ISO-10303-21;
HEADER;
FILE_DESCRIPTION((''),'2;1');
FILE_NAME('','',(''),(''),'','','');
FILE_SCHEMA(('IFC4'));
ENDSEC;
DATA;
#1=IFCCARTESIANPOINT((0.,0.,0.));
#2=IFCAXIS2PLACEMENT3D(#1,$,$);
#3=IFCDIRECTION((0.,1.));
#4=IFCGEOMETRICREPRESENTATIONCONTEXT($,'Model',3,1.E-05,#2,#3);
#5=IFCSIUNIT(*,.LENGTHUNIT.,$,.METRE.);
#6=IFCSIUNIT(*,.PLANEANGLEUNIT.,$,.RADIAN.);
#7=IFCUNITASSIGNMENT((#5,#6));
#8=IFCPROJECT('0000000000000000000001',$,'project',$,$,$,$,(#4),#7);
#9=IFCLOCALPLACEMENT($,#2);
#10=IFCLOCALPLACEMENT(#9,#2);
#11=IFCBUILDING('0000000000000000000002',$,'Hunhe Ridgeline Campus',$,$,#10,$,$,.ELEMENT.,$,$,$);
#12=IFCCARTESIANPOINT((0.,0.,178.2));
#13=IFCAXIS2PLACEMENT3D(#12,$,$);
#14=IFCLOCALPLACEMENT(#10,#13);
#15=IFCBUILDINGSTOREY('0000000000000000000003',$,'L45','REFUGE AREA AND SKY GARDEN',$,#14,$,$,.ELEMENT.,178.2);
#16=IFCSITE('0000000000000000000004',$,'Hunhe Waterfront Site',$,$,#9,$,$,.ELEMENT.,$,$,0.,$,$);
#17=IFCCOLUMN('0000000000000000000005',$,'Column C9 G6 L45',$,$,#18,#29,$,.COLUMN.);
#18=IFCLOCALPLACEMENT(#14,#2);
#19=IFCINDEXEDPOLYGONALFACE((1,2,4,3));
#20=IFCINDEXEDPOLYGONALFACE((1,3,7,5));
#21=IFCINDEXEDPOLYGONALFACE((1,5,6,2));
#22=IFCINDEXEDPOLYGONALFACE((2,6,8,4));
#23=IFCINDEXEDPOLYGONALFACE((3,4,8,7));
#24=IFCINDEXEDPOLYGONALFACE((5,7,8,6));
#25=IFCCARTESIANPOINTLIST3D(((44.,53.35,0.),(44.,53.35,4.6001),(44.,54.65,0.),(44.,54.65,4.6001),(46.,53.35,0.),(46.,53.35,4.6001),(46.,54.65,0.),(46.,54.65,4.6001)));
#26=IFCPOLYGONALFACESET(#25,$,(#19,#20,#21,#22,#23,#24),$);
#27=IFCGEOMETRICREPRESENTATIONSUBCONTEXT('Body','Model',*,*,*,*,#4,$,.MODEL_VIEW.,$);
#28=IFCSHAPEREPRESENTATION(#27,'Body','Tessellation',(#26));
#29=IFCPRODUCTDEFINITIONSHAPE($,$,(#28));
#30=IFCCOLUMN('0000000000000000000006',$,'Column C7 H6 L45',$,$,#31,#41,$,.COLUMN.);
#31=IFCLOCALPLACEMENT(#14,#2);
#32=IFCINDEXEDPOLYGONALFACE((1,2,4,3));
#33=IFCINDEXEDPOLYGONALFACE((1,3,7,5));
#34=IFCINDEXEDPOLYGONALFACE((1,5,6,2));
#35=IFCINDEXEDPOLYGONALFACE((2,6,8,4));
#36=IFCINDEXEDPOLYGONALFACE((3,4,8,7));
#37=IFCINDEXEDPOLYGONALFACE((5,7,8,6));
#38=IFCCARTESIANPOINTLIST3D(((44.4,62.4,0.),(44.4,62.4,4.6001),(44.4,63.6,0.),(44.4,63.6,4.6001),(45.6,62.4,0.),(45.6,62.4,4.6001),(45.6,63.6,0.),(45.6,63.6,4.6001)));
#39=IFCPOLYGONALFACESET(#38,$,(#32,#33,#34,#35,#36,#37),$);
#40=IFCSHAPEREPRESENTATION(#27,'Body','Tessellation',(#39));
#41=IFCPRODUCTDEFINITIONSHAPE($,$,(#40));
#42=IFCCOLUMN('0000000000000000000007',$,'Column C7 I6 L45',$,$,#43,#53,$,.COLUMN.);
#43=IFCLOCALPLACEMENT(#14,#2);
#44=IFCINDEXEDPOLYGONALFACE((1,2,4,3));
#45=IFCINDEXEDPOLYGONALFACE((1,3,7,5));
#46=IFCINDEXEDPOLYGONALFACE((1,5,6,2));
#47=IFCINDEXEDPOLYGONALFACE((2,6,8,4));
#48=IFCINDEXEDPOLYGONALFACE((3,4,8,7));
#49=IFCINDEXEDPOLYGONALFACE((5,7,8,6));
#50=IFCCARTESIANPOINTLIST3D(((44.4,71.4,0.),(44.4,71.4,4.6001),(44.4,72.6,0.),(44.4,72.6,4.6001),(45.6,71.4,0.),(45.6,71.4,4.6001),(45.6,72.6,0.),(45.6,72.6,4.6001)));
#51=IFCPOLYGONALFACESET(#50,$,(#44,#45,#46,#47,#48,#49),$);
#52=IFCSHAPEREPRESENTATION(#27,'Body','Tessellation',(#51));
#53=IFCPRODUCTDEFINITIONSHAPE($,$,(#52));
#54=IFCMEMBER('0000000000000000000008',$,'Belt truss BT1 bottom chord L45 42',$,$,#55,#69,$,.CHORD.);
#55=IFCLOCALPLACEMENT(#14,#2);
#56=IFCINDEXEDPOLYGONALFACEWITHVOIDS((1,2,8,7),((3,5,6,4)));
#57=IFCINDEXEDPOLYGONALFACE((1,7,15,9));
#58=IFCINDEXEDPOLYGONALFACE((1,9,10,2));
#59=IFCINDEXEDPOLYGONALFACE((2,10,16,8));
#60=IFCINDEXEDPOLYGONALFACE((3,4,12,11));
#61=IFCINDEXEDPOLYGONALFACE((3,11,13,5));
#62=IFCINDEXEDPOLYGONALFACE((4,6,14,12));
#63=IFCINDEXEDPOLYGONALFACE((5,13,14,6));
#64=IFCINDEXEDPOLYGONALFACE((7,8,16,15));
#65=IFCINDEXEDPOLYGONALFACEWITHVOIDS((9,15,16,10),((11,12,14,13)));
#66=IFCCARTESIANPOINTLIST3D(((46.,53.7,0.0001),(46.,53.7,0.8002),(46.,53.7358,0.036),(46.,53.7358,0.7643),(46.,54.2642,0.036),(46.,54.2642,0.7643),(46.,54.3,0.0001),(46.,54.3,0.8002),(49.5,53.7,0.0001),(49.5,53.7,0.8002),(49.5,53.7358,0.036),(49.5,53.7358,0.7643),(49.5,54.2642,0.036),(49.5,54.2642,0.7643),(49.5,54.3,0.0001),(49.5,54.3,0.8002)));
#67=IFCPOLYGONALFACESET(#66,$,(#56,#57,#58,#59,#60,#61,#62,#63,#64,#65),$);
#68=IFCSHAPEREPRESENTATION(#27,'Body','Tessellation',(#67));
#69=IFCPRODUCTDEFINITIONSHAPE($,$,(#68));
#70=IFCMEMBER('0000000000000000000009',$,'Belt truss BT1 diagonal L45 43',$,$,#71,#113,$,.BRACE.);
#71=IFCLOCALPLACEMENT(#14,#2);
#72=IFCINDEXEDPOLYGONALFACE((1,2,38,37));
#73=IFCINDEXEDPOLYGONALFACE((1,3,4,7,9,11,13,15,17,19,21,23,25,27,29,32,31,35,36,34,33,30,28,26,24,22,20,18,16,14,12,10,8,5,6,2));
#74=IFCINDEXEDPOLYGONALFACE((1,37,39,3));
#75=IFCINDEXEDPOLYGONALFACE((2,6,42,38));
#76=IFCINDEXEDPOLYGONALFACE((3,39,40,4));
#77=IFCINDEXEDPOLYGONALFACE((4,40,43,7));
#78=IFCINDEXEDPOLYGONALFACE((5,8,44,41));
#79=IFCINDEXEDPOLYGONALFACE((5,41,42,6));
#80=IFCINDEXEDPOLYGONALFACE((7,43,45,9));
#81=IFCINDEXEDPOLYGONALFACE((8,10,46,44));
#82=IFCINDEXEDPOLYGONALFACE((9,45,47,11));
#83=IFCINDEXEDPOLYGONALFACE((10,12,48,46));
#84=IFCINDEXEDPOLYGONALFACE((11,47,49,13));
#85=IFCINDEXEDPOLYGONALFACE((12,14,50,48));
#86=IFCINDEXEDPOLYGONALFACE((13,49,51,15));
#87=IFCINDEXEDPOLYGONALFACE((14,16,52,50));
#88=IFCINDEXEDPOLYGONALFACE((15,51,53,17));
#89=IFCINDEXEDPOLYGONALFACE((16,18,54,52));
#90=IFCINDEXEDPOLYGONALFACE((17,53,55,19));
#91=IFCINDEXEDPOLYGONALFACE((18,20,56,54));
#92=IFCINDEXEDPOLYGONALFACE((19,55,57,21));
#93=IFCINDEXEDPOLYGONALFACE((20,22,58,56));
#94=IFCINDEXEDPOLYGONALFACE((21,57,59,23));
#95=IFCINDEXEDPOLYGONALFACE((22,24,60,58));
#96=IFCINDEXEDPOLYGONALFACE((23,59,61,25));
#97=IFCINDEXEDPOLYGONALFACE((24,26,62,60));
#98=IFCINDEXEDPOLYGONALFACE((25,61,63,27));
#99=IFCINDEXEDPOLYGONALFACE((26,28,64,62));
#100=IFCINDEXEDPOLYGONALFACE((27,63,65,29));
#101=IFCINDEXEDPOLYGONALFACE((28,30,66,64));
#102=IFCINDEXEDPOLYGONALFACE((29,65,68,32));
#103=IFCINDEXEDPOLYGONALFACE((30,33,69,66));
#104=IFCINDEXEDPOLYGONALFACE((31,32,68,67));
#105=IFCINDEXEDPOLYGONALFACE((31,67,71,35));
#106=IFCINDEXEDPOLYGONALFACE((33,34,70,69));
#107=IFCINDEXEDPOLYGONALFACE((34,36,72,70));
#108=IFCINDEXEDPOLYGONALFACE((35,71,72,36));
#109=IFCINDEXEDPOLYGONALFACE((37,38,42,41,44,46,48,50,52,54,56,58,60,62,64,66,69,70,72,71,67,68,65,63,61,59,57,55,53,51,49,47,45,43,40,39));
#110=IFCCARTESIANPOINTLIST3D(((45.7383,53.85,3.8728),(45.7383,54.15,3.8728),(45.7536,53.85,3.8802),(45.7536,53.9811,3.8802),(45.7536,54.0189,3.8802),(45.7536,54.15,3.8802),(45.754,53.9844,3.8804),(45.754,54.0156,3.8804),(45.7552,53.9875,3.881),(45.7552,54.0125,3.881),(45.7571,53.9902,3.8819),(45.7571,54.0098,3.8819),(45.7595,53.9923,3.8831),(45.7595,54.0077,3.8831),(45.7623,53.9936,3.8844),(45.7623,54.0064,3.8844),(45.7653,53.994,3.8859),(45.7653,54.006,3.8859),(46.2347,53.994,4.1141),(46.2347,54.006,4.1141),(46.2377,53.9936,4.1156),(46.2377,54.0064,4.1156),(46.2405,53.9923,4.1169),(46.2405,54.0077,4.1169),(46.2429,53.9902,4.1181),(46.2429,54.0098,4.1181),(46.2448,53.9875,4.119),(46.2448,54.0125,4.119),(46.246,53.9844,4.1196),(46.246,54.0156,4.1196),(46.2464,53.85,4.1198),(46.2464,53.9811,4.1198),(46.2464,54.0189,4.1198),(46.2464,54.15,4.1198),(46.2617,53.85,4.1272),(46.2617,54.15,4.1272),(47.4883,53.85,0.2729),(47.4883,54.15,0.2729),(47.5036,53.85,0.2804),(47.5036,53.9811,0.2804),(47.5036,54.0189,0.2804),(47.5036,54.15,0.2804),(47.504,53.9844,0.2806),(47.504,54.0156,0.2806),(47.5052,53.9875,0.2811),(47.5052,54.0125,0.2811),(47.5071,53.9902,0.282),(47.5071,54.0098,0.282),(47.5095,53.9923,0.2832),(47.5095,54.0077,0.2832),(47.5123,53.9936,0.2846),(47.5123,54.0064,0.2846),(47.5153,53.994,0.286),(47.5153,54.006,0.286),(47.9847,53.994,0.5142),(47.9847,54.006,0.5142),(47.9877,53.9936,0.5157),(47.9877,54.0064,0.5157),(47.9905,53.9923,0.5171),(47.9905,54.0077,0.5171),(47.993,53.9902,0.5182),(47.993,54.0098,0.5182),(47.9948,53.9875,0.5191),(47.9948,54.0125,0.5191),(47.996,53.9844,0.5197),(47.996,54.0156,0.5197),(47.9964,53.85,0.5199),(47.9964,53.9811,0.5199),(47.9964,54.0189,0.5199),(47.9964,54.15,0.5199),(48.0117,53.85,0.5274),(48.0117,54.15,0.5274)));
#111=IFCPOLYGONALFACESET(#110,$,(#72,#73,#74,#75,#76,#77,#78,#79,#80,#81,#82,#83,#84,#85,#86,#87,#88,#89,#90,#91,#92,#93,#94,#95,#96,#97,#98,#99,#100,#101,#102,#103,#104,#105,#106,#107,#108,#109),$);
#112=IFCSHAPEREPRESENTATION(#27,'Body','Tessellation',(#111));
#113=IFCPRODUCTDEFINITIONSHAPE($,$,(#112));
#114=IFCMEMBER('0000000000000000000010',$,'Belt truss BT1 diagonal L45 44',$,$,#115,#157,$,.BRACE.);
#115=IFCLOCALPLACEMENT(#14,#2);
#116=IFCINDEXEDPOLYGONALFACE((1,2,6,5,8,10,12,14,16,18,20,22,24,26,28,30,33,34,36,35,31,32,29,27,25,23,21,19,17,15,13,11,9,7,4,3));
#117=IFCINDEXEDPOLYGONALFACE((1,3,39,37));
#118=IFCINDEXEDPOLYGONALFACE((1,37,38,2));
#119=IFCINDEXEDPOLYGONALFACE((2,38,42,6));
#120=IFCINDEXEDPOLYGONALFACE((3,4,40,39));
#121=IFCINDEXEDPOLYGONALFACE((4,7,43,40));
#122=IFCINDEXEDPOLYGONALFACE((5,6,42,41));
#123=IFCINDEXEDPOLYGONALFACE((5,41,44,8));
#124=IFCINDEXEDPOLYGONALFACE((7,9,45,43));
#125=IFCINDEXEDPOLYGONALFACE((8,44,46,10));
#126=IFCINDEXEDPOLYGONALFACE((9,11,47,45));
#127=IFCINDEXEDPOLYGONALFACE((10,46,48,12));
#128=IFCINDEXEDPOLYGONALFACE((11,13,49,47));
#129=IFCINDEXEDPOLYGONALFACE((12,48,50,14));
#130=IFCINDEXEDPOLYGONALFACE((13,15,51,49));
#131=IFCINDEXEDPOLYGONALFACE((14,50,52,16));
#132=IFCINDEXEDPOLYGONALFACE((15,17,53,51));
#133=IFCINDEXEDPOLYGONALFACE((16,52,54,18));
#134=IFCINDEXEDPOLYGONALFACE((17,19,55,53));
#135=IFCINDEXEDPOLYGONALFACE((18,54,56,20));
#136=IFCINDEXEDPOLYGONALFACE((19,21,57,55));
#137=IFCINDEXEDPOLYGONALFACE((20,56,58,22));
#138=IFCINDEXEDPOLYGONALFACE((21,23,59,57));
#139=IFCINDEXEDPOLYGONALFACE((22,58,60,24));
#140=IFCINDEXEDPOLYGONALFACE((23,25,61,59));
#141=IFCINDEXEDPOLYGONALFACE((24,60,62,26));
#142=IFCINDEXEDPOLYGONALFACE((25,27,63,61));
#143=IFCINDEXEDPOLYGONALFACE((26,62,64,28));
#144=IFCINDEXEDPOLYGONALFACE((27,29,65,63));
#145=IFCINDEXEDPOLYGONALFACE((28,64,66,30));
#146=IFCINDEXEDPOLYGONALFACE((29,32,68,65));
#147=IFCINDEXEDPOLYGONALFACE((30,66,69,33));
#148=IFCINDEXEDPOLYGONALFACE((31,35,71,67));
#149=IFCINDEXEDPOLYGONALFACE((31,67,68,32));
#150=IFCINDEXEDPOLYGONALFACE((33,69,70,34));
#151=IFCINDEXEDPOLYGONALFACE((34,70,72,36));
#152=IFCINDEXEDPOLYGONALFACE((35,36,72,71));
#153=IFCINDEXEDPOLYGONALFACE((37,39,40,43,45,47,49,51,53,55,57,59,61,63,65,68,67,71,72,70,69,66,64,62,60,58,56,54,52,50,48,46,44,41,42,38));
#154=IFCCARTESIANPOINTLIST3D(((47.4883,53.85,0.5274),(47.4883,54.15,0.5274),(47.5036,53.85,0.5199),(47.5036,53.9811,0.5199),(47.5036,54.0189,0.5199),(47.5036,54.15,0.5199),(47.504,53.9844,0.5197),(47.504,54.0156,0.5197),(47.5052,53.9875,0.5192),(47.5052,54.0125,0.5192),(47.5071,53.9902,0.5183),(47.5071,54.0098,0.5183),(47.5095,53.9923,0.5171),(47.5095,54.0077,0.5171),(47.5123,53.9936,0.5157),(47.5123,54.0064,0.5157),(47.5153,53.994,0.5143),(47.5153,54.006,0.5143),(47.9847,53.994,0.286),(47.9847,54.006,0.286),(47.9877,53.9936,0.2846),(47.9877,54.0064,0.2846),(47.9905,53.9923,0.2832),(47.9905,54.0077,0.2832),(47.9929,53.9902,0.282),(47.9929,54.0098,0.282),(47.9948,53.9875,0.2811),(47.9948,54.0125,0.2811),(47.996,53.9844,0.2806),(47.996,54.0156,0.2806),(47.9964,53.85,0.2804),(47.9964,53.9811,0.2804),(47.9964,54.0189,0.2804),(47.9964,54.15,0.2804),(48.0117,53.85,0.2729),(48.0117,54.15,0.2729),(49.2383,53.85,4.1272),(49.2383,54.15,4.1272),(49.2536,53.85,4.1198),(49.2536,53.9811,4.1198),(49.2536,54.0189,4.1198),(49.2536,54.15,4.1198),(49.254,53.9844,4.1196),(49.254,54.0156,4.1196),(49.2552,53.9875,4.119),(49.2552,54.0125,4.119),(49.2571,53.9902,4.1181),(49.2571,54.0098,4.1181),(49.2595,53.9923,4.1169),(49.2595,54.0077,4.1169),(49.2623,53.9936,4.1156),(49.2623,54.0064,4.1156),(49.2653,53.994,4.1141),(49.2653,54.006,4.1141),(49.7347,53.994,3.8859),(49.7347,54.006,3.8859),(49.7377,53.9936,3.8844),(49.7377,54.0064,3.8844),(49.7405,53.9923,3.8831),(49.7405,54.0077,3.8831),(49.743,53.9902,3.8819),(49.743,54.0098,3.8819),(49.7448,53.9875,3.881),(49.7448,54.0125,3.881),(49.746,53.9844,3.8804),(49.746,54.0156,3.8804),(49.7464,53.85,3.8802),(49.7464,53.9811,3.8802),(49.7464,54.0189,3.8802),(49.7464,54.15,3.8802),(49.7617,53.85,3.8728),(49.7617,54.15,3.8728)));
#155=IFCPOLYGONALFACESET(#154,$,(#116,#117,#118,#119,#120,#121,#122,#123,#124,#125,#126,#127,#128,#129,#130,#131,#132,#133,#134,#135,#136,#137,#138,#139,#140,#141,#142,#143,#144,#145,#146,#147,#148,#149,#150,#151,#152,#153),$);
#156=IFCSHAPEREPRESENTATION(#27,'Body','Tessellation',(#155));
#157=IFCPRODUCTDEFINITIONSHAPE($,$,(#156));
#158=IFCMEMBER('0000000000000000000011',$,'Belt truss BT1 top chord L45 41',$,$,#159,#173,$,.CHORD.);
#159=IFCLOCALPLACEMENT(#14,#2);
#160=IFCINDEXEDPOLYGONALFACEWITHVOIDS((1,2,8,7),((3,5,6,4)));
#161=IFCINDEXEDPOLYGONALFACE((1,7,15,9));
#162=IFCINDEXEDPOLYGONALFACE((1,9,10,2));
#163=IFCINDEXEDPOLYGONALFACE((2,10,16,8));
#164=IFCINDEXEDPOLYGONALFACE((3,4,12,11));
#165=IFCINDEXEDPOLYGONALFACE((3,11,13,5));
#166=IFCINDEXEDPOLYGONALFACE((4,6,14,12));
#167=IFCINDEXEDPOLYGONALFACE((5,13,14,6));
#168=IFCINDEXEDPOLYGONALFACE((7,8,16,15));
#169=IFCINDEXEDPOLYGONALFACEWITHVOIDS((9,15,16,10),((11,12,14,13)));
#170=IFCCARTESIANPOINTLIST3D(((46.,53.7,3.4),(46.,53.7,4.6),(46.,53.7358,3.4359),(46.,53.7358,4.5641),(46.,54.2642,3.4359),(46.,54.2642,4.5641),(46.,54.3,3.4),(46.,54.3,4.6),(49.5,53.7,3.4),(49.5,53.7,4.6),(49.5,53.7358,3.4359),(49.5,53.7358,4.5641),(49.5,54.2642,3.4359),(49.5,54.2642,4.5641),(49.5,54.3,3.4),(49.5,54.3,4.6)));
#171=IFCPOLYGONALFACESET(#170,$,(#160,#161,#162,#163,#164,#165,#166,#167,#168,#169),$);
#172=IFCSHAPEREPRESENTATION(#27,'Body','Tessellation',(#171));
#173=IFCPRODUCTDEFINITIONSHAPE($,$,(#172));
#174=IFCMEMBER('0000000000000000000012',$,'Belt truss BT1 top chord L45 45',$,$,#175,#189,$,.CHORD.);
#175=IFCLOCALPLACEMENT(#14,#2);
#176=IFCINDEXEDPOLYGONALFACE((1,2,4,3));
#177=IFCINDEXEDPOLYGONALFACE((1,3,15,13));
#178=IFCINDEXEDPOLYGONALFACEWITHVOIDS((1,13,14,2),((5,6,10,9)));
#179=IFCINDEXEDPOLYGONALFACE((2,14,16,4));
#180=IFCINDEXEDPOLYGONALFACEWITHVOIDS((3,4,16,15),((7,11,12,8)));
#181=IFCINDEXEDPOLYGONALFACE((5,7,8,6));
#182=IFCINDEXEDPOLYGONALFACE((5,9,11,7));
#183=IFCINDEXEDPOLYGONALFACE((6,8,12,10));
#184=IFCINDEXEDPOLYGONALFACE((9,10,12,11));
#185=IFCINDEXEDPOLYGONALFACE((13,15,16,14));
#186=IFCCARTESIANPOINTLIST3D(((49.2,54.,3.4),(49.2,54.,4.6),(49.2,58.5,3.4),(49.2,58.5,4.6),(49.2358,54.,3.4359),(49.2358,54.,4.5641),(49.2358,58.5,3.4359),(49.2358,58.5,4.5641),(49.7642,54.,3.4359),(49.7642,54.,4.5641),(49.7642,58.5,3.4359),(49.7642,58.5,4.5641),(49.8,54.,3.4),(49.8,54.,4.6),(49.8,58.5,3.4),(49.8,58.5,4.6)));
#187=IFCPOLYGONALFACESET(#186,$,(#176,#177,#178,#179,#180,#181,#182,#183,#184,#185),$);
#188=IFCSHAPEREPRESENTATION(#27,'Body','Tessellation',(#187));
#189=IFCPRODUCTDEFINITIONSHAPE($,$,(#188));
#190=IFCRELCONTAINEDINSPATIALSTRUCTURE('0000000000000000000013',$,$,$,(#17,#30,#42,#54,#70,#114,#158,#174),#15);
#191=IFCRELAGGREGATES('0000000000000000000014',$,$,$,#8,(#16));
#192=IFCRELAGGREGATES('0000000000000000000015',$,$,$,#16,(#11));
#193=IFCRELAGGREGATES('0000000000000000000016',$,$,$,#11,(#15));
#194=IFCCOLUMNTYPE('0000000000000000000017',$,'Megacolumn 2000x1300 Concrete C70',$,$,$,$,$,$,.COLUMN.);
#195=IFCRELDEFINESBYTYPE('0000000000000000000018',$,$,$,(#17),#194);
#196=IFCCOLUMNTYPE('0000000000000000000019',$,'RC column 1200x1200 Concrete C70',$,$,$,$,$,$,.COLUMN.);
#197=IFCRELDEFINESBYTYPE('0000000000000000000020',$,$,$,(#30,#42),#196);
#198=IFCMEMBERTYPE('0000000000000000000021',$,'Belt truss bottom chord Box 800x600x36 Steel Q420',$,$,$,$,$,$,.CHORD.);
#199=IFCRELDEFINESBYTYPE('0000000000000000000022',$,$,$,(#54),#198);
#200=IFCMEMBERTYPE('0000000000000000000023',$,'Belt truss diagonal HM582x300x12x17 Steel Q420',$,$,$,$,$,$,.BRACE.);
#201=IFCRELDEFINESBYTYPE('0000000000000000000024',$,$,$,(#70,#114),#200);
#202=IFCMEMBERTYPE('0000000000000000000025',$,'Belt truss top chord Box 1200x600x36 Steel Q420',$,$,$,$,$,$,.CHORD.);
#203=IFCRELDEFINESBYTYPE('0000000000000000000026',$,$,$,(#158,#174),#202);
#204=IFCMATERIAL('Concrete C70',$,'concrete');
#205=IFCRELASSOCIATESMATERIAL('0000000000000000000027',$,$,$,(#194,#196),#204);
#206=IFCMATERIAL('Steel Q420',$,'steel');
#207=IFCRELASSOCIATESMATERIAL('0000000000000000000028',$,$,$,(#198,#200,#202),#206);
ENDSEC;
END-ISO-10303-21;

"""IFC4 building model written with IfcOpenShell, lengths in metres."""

from ifc_helpers import new_model, si_unit, direction, frame, origin, origin_2d, place, context, subcontext, project, spatial, rectangle, hollow_rectangle, i_section, extrude, material, material_profile, profile_set, type_object, element, save


model = new_model("IFC4")

# Units and contexts
model_context = context("Model", 3, precision=1e-05, world=origin(), true_north=direction((0.0, 1.0)))
body_context = subcontext(model_context, "Body", "Model", "MODEL_VIEW")
ifc_project = project(units=[si_unit("LENGTHUNIT", "METRE"), si_unit("PLANEANGLEUNIT", "RADIAN")], contexts=[model_context])

# Site, building, storey
site_placement = place(None, origin())
site = spatial("IfcSite", under=ifc_project, at=site_placement, Name="Hunhe Waterfront Site", CompositionType="ELEMENT", RefElevation=0.0)
building_placement = place(site_placement, origin())
building = spatial("IfcBuilding", under=site, at=building_placement, Name="Hunhe Ridgeline Campus", CompositionType="ELEMENT")
storey_placement = place(building_placement, frame((0.0, 0.0, 178.2)))
storey = spatial("IfcBuildingStorey", under=building, at=storey_placement, Name="L45", Description="REFUGE AREA AND SKY GARDEN", CompositionType="ELEMENT", Elevation=178.2)

# Columns
ifc_material_1 = material(Name="Concrete C70", Category="concrete")
ifc_material_profile_1 = material_profile(ifc_material_1, rectangle(XDim=2.0, YDim=1.3, at=origin_2d()))
ifc_profile_set_1 = profile_set([ifc_material_profile_1], Name="Concrete C70")
column_type_1 = type_object("IfcColumnType", Name="Megacolumn 2000x1300 Concrete C70", PredefinedType="COLUMN", material=ifc_profile_set_1)
column_placement = place(storey_placement, frame((45.0, 54.0, 0.0), z_axis=(0.0, 0.0, 1.0), x_axis=(1.0, 0.0, 0.0)))
element("IfcColumn", 1, at=column_placement, inside=storey, type_object=column_type_1, Name="Column C9 G6 L45", PredefinedType="COLUMN", context=body_context, shape_type="SweptSolid", body=[
    extrude(rectangle(XDim=2.0, YDim=1.3, at=origin_2d()), origin(), (0.0, 0.0, 1.0), 4.6001),
])
ifc_material_profile_2 = material_profile(ifc_material_1, rectangle(XDim=1.2, YDim=1.2, at=origin_2d()))
ifc_profile_set_2 = profile_set([ifc_material_profile_2], Name="Concrete C70")
column_type_2 = type_object("IfcColumnType", Name="RC column 1200x1200 Concrete C70", PredefinedType="COLUMN", material=ifc_profile_set_2)
for number, where, z_axis, x_axis, name in (
    (2, (45.0, 63.0, 0.0), (0.0, 0.0, 1.0), (1.0, 0.0, 0.0), "Column C7 H6 L45"),
    (3, (45.0, 72.0, 0.0), (0.0, 0.0, 1.0), (1.0, 0.0, 0.0), "Column C7 I6 L45"),
):
    element("IfcColumn", number, at=place(storey_placement, frame(where, z_axis=z_axis, x_axis=x_axis)), inside=storey, type_object=column_type_2, Name=name, PredefinedType="COLUMN", context=body_context, shape_type="SweptSolid", body=[
        extrude(rectangle(XDim=1.2, YDim=1.2, at=origin_2d()), origin(), (0.0, 0.0, 1.0), 4.6001),
    ])

# Members
ifc_material_2 = material(Name="Steel Q420", Category="steel")
ifc_material_profile_3 = material_profile(ifc_material_2, hollow_rectangle(XDim=0.6001, YDim=0.8, WallThickness=0.0359, at=origin_2d()))
ifc_profile_set_3 = profile_set([ifc_material_profile_3], Name="Steel Q420")
member_type_1 = type_object("IfcMemberType", Name="Belt truss bottom chord Box 800x600x36 Steel Q420", PredefinedType="CHORD", material=ifc_profile_set_3)
member_1_placement = place(storey_placement, frame((46.0, 54.0, 0.4001), z_axis=(1.0, 0.0, 0.0), x_axis=(0.0, 1.0, 0.0)))
element("IfcMember", 4, at=member_1_placement, inside=storey, type_object=member_type_1, Name="Belt truss BT1 bottom chord L45 42", PredefinedType="CHORD", context=body_context, shape_type="SweptSolid", body=[
    extrude(hollow_rectangle(XDim=0.6001, YDim=0.8, WallThickness=0.0359, at=origin_2d()), origin(), (0.0, 0.0, 1.0), 3.5),
])
ifc_material_profile_4 = material_profile(ifc_material_2, i_section(OverallWidth=0.3, OverallDepth=0.582, WebThickness=0.012, FlangeThickness=0.0171, FilletRadius=0.0129, at=origin_2d()))
ifc_profile_set_4 = profile_set([ifc_material_profile_4], Name="Steel Q420")
member_type_2 = type_object("IfcMemberType", Name="Belt truss diagonal HM582x300x12x17 Steel Q420", PredefinedType="BRACE", material=ifc_profile_set_4)
for number, where, z_axis, x_axis, name in (
    (5, (46.0, 54.0, 4.0), (0.437207, 0.0, -0.899361), (0.0, 1.0, 0.0), "Belt truss BT1 diagonal L45 43"),
    (6, (47.75, 54.0, 0.4001), (0.437207, 0.0, 0.899361), (0.0, 1.0, 0.0), "Belt truss BT1 diagonal L45 44"),
):
    element("IfcMember", number, at=place(storey_placement, frame(where, z_axis=z_axis, x_axis=x_axis)), inside=storey, type_object=member_type_2, Name=name, PredefinedType="BRACE", context=body_context, shape_type="SweptSolid", body=[
        extrude(i_section(OverallWidth=0.3, OverallDepth=0.582, WebThickness=0.012, FlangeThickness=0.0171, FilletRadius=0.0129, at=origin_2d()), origin(), (0.0, 0.0, 1.0), 4.0027),
    ])
ifc_material_profile_5 = material_profile(ifc_material_2, hollow_rectangle(XDim=0.6001, YDim=1.2, WallThickness=0.0359, at=origin_2d()))
ifc_profile_set_5 = profile_set([ifc_material_profile_5], Name="Steel Q420")
member_type_3 = type_object("IfcMemberType", Name="Belt truss top chord Box 1200x600x36 Steel Q420", PredefinedType="CHORD", material=ifc_profile_set_5)
member_2_placement = place(storey_placement, frame((46.0, 54.0, 4.0), z_axis=(1.0, 0.0, 0.0), x_axis=(0.0, 1.0, 0.0)))
element("IfcMember", 7, at=member_2_placement, inside=storey, type_object=member_type_3, Name="Belt truss BT1 top chord L45 41", PredefinedType="CHORD", context=body_context, shape_type="SweptSolid", body=[
    extrude(hollow_rectangle(XDim=0.6001, YDim=1.2, WallThickness=0.0359, at=origin_2d()), origin(), (0.0, 0.0, 1.0), 3.5),
])
member_3_placement = place(storey_placement, frame((49.5, 54.0, 4.0), z_axis=(0.0, 1.0, 0.0), x_axis=(-1.0, 0.0, 0.0)))
element("IfcMember", 8, at=member_3_placement, inside=storey, type_object=member_type_3, Name="Belt truss BT1 top chord L45 45", PredefinedType="CHORD", context=body_context, shape_type="SweptSolid", body=[
    extrude(hollow_rectangle(XDim=0.6001, YDim=1.2, WallThickness=0.0359, at=origin_2d()), origin(), (0.0, 0.0, 1.0), 4.5),
])

save(model, "model.ifc")
